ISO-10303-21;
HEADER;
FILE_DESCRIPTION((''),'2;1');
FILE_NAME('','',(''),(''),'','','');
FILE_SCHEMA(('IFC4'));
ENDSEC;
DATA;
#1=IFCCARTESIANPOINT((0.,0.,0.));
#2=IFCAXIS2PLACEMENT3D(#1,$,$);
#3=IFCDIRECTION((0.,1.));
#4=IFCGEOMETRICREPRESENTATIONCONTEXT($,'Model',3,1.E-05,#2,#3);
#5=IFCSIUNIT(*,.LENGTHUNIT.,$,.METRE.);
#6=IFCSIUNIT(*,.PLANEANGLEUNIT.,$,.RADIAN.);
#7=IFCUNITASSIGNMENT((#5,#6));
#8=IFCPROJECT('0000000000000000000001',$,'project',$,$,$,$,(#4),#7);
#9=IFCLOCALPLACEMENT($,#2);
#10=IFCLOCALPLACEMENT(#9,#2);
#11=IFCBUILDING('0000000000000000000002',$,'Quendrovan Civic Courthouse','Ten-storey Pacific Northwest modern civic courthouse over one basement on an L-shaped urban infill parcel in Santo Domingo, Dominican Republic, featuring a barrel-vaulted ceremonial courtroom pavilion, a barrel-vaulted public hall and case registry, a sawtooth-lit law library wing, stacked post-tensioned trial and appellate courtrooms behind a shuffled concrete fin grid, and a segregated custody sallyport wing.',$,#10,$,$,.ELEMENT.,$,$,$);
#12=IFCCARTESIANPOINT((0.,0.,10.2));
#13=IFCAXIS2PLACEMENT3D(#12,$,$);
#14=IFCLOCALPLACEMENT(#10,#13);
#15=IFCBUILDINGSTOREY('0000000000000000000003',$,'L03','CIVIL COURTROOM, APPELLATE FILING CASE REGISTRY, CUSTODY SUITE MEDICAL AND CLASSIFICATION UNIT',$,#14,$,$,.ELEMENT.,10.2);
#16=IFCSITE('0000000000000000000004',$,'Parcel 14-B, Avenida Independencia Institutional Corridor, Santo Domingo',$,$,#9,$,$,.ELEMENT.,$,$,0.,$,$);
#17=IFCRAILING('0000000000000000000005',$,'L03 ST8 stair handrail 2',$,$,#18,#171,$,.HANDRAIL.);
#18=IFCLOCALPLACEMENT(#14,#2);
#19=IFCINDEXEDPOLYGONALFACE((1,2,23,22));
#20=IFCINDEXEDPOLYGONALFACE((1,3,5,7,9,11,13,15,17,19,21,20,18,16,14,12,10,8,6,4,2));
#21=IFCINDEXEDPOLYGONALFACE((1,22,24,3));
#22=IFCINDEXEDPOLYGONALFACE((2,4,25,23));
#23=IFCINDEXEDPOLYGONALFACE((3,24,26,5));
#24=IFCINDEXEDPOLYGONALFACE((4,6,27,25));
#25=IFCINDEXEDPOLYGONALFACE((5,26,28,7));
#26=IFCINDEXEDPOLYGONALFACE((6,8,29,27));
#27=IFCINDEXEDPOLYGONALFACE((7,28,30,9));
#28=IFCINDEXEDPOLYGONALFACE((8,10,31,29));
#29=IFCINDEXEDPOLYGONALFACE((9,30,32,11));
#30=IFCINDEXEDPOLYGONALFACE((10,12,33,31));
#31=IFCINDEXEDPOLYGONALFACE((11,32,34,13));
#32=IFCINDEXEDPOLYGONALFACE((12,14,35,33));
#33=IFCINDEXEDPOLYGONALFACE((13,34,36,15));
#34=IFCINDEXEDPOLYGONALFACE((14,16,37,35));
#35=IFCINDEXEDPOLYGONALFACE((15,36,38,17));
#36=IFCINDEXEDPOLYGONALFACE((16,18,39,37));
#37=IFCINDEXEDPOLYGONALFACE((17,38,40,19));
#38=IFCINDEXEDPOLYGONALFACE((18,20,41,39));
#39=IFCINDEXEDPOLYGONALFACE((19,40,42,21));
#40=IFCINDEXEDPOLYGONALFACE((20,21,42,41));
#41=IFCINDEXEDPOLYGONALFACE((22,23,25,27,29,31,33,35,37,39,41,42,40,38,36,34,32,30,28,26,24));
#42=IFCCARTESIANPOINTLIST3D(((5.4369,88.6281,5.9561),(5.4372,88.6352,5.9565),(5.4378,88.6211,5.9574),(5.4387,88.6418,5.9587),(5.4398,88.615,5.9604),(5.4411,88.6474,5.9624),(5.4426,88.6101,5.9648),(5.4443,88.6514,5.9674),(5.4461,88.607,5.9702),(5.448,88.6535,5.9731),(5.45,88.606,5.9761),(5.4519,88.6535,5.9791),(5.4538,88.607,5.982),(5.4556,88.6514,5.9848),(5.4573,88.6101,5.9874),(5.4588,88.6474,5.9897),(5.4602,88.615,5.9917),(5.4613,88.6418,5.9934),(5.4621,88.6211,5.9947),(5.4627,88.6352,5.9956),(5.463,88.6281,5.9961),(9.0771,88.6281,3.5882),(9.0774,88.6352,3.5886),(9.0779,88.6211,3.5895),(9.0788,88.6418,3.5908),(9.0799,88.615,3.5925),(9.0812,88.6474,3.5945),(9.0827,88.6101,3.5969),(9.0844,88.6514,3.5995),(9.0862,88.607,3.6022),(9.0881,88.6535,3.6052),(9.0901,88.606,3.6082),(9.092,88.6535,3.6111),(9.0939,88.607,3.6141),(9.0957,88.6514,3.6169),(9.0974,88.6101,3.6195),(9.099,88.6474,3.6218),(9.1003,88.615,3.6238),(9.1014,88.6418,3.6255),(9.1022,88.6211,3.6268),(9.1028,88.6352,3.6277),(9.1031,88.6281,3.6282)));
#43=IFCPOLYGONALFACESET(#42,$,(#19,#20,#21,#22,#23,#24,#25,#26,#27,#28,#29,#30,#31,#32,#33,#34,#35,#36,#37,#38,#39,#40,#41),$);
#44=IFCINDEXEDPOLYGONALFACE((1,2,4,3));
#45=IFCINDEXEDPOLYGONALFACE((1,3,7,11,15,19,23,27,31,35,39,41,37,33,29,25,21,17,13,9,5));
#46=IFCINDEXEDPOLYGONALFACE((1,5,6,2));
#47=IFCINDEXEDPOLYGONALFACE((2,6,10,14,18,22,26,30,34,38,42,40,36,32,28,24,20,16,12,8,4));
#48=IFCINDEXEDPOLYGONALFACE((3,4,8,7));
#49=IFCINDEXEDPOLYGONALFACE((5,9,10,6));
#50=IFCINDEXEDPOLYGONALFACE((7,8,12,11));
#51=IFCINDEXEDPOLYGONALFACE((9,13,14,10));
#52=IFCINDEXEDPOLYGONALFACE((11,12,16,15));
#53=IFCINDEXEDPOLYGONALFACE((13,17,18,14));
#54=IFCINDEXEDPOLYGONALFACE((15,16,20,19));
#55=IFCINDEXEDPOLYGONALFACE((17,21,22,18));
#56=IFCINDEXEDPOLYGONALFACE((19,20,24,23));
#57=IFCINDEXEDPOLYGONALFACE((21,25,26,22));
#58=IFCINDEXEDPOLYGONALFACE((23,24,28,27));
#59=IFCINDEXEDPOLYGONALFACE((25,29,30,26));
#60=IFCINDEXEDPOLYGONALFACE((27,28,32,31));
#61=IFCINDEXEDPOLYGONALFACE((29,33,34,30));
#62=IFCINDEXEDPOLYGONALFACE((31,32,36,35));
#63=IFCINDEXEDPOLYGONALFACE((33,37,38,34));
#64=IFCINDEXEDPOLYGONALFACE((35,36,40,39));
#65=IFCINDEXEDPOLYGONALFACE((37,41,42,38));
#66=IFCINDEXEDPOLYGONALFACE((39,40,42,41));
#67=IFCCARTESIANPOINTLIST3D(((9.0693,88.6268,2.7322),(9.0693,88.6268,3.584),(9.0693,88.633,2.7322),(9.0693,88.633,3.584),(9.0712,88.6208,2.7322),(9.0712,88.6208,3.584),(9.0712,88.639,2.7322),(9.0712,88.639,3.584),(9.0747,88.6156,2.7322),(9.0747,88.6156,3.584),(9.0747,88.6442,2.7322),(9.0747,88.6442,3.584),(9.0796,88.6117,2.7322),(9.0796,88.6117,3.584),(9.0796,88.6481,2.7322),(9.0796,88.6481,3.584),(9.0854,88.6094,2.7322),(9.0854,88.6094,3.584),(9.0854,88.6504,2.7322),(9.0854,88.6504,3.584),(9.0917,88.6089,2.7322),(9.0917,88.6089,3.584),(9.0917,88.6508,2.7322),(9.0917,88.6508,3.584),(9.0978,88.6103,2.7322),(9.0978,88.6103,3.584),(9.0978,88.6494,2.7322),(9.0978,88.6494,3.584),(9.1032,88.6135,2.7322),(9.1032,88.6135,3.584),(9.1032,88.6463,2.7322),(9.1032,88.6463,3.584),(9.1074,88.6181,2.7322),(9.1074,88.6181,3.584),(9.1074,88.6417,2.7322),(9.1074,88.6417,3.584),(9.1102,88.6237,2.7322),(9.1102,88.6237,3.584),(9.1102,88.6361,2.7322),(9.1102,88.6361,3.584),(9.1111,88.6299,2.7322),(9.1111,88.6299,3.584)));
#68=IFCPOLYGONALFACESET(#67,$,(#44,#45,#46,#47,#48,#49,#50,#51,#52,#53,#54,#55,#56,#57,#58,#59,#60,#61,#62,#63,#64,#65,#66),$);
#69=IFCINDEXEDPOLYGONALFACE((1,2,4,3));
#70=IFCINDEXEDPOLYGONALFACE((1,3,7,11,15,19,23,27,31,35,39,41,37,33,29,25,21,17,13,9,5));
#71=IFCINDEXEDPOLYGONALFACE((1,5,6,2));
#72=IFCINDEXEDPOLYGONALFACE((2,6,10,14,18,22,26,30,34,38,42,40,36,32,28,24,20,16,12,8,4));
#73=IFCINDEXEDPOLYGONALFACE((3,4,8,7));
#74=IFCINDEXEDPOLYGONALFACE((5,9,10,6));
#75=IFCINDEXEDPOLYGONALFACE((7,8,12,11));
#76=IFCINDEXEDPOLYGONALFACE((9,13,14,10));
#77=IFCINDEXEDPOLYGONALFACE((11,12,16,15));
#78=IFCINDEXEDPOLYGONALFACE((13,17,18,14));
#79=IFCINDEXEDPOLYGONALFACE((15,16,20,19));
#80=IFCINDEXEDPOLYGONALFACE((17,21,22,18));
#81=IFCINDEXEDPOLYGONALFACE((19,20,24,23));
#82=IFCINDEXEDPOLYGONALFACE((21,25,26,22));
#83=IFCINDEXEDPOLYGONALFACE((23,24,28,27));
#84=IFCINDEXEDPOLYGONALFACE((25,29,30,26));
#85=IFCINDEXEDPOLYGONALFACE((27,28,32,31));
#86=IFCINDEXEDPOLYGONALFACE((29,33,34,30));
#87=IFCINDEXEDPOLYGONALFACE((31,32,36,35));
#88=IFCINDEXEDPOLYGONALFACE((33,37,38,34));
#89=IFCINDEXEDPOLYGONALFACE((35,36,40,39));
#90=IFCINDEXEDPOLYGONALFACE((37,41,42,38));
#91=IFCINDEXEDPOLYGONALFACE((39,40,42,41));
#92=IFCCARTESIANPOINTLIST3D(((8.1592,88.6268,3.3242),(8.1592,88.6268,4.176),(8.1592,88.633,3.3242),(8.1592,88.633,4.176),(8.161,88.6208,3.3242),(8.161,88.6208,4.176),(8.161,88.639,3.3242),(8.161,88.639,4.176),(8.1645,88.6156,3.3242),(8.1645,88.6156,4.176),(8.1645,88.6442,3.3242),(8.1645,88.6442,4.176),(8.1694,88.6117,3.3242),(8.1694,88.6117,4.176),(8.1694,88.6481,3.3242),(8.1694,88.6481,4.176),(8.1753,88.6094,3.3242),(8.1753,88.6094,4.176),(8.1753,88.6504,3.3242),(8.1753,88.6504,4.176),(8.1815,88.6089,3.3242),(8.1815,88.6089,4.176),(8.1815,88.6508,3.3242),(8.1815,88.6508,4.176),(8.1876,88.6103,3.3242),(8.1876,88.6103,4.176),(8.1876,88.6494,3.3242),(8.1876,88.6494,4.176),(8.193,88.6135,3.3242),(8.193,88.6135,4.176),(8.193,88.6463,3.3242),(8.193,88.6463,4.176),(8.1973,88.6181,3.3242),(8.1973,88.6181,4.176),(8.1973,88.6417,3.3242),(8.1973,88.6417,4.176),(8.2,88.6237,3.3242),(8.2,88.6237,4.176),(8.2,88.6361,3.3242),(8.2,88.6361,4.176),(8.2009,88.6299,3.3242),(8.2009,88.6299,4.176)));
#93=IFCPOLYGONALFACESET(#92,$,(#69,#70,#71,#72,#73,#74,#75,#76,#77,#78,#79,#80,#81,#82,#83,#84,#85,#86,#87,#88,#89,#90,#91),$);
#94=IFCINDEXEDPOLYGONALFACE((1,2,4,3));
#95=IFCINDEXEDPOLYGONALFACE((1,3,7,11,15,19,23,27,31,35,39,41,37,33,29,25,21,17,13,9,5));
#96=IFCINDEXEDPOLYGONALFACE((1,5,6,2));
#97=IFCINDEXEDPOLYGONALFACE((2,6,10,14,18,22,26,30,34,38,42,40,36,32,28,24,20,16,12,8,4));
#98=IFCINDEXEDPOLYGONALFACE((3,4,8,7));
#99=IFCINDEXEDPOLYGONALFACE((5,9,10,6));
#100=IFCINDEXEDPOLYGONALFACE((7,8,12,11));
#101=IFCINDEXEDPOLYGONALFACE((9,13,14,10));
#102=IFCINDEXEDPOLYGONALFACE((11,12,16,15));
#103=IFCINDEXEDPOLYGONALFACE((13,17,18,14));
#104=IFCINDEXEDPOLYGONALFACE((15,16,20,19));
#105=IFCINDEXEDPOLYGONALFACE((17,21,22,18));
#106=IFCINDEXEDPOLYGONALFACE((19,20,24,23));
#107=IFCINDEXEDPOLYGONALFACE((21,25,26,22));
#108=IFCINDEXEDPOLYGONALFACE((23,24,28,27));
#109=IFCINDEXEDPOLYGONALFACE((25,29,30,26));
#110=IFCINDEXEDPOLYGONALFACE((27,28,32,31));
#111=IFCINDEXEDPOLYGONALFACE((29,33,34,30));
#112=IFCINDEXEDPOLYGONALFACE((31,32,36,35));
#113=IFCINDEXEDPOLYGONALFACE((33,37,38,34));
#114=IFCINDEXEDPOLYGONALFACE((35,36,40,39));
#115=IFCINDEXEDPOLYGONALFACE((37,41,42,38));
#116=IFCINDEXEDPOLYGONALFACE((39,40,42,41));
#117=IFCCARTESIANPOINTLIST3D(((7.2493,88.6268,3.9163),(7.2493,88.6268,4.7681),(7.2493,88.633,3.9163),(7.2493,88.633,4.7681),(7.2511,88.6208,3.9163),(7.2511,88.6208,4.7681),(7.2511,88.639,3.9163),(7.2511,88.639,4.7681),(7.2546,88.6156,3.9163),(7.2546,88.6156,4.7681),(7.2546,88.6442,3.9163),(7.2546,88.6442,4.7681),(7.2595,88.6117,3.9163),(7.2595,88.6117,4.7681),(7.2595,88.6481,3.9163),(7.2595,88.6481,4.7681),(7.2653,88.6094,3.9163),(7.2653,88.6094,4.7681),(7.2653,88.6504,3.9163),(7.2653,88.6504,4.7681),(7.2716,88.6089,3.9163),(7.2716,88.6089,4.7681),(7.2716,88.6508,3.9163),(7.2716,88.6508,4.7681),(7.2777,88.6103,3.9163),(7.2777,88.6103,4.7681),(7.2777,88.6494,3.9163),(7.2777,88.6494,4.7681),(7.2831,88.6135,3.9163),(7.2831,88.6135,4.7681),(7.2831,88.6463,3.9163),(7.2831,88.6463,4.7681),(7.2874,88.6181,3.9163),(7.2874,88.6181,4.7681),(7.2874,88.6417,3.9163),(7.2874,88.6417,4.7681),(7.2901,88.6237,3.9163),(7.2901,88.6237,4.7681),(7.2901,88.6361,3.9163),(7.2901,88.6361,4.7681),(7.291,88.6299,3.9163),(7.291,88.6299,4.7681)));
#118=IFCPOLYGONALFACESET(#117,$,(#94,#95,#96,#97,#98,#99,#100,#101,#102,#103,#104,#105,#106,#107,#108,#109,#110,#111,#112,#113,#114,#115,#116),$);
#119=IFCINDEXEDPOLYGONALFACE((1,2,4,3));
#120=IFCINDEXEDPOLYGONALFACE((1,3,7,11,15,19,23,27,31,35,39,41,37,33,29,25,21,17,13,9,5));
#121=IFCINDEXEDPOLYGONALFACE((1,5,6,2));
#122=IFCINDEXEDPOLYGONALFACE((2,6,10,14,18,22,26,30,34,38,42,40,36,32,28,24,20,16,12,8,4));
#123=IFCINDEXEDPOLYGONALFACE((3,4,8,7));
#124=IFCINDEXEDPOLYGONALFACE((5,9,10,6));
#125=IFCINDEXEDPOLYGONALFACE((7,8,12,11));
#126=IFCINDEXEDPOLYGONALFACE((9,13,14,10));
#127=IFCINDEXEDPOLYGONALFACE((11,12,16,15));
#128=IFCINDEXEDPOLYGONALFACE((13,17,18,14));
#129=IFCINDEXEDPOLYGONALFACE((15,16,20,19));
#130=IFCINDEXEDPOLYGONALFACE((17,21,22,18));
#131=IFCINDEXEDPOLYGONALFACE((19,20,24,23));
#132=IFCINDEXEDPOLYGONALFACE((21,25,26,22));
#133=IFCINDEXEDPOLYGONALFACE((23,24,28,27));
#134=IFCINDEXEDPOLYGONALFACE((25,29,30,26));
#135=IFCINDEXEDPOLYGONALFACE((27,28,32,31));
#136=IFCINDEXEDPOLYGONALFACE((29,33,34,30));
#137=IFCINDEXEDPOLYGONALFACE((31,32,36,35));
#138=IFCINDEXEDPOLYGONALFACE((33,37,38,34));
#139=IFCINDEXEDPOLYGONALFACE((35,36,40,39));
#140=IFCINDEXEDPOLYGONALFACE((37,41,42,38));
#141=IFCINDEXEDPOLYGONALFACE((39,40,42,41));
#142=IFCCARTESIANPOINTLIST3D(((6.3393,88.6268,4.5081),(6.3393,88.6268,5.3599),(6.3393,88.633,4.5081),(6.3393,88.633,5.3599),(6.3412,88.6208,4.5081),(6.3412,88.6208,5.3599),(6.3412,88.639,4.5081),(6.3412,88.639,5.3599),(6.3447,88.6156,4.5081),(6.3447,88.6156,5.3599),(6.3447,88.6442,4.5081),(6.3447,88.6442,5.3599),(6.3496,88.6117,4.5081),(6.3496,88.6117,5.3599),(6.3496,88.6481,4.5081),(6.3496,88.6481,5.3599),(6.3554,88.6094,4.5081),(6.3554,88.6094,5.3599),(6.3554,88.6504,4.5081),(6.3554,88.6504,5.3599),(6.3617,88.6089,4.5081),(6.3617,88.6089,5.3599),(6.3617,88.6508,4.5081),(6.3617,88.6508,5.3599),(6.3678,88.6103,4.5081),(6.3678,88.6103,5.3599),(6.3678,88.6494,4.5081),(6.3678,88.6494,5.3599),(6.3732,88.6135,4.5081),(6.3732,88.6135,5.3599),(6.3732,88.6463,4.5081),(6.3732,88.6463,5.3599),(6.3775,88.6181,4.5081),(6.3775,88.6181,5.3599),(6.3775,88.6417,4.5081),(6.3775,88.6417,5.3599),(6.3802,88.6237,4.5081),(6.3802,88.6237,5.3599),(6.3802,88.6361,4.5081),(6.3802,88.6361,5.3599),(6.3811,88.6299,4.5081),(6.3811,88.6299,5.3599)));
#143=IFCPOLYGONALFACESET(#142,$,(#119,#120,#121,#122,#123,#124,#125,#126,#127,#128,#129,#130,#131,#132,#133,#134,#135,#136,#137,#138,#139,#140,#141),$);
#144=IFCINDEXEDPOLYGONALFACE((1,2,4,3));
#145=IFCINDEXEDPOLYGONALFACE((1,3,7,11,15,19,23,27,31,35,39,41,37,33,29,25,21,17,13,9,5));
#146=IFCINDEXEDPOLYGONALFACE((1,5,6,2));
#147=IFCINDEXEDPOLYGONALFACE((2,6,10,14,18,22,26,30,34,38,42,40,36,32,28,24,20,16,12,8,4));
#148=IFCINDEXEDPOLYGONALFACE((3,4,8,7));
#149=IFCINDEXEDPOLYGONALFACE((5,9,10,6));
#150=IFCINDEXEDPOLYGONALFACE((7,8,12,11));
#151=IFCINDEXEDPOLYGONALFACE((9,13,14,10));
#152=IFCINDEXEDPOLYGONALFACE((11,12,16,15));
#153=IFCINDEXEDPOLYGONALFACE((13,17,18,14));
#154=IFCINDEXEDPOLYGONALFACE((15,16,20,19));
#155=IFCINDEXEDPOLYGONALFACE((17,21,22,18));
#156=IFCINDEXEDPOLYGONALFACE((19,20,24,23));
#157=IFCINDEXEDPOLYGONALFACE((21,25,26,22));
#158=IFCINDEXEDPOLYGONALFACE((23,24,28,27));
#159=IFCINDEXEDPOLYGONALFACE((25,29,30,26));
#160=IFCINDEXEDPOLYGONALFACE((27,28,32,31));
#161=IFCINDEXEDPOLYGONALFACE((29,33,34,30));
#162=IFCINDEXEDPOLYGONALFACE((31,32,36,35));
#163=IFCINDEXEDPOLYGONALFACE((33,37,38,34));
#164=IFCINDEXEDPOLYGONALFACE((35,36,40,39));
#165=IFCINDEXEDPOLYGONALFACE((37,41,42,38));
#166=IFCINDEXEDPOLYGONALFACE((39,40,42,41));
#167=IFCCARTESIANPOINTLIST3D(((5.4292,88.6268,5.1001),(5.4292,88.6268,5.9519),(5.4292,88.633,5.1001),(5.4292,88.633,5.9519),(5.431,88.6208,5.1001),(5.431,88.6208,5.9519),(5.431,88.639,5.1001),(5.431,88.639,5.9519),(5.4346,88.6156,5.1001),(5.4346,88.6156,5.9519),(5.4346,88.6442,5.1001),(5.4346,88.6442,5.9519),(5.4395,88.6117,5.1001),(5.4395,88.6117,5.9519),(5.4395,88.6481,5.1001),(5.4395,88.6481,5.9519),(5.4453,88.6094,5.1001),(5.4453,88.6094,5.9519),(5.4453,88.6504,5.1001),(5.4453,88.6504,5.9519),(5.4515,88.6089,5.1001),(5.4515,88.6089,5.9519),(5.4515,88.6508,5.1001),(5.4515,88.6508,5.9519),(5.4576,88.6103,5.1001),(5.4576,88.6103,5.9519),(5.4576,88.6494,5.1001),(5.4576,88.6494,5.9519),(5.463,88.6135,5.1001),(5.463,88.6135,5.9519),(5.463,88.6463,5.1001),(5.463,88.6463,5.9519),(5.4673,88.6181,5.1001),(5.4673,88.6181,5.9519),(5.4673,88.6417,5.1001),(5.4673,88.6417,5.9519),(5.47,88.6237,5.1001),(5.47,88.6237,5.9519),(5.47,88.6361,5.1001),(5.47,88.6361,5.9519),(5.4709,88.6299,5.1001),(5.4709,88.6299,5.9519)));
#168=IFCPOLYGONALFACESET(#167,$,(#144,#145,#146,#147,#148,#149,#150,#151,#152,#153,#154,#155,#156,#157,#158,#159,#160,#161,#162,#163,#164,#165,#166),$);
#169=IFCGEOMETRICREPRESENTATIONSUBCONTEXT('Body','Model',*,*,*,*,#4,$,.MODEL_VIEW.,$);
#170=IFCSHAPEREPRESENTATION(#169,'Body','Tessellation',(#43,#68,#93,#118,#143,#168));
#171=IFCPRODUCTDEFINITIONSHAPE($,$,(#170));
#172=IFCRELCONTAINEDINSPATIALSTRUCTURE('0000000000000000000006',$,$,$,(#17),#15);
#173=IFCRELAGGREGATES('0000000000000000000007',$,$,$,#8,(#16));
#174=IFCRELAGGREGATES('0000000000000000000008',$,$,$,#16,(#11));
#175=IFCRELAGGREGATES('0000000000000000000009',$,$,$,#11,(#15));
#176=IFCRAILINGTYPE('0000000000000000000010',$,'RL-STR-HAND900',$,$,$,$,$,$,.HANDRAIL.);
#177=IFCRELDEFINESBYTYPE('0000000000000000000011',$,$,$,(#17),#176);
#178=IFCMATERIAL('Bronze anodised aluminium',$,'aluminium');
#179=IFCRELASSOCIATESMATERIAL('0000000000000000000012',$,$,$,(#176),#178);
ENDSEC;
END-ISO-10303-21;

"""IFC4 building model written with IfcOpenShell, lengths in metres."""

from ifc_helpers import new_model, si_unit, direction, frame, origin, origin_2d, place, context, subcontext, project, spatial, circle, extrude, material, type_object, element, save


model = new_model("IFC4")

# Units and contexts
model_context = context("Model", 3, precision=1e-05, world=origin(), true_north=direction((0.0, 1.0)))
body_context = subcontext(model_context, "Body", "Model", "MODEL_VIEW")
ifc_project = project(units=[si_unit("LENGTHUNIT", "METRE"), si_unit("PLANEANGLEUNIT", "RADIAN")], contexts=[model_context])

# Site, building, storey
site_placement = place(None, origin())
site = spatial("IfcSite", under=ifc_project, at=site_placement, Name="Parcel 14-B, Avenida Independencia Institutional Corridor, Santo Domingo", CompositionType="ELEMENT", RefElevation=0.0)
building_placement = place(site_placement, origin())
building = spatial("IfcBuilding", under=site, at=building_placement, Name="Quendrovan Civic Courthouse", Description="Ten-storey Pacific Northwest modern civic courthouse over one basement on an L-shaped urban infill parcel in Santo Domingo, Dominican Republic, featuring a barrel-vaulted ceremonial courtroom pavilion, a barrel-vaulted public hall and case registry, a sawtooth-lit law library wing, stacked post-tensioned trial and appellate courtrooms behind a shuffled concrete fin grid, and a segregated custody sallyport wing.", CompositionType="ELEMENT")
storey_placement = place(building_placement, frame((0.0, 0.0, 10.2)))
storey = spatial("IfcBuildingStorey", under=building, at=storey_placement, Name="L03", Description="CIVIL COURTROOM, APPELLATE FILING CASE REGISTRY, CUSTODY SUITE MEDICAL AND CLASSIFICATION UNIT", CompositionType="ELEMENT", Elevation=10.2)

# Shared definitions
ifc_material_1 = material(Name="Bronze anodised aluminium", Category="aluminium")

# Railing
railing_type_1 = type_object("IfcRailingType", Name="RL-STR-HAND900", PredefinedType="HANDRAIL", material=ifc_material_1)
railing_1_placement = place(storey_placement, frame((9.0901, 88.6299, 2.7322)))
element("IfcRailing", 1, at=railing_1_placement, inside=storey, type_object=railing_type_1, Name="L03 ST8 stair handrail 2", PredefinedType="HANDRAIL", context=body_context, shape_type="SweptSolid", body=[
    extrude(circle(Radius=0.0239, at=origin_2d()), frame((0.0, 0.0, 0.876), z_axis=(-0.838251, 0.0, 0.545285), x_axis=(0.0, -1.0, 0.0)), (0.0, 0.0, 1.0), 4.3425),
    extrude(circle(Radius=0.021, at=origin_2d()), origin(), (0.0, 0.0, 1.0), 0.8518),
    extrude(circle(Radius=0.021, at=origin_2d()), frame((-0.9102, 0.0, 0.592)), (0.0, 0.0, 1.0), 0.8518),
    extrude(circle(Radius=0.021, at=origin_2d()), frame((-1.8201, 0.0, 1.1841)), (0.0, 0.0, 1.0), 0.8518),
    extrude(circle(Radius=0.021, at=origin_2d()), frame((-2.73, 0.0, 1.7759)), (0.0, 0.0, 1.0), 0.8518),
    extrude(circle(Radius=0.021, at=origin_2d()), frame((-3.6401, 0.0, 2.3679)), (0.0, 0.0, 1.0), 0.8518),
])

save(model, "model.ifc")
